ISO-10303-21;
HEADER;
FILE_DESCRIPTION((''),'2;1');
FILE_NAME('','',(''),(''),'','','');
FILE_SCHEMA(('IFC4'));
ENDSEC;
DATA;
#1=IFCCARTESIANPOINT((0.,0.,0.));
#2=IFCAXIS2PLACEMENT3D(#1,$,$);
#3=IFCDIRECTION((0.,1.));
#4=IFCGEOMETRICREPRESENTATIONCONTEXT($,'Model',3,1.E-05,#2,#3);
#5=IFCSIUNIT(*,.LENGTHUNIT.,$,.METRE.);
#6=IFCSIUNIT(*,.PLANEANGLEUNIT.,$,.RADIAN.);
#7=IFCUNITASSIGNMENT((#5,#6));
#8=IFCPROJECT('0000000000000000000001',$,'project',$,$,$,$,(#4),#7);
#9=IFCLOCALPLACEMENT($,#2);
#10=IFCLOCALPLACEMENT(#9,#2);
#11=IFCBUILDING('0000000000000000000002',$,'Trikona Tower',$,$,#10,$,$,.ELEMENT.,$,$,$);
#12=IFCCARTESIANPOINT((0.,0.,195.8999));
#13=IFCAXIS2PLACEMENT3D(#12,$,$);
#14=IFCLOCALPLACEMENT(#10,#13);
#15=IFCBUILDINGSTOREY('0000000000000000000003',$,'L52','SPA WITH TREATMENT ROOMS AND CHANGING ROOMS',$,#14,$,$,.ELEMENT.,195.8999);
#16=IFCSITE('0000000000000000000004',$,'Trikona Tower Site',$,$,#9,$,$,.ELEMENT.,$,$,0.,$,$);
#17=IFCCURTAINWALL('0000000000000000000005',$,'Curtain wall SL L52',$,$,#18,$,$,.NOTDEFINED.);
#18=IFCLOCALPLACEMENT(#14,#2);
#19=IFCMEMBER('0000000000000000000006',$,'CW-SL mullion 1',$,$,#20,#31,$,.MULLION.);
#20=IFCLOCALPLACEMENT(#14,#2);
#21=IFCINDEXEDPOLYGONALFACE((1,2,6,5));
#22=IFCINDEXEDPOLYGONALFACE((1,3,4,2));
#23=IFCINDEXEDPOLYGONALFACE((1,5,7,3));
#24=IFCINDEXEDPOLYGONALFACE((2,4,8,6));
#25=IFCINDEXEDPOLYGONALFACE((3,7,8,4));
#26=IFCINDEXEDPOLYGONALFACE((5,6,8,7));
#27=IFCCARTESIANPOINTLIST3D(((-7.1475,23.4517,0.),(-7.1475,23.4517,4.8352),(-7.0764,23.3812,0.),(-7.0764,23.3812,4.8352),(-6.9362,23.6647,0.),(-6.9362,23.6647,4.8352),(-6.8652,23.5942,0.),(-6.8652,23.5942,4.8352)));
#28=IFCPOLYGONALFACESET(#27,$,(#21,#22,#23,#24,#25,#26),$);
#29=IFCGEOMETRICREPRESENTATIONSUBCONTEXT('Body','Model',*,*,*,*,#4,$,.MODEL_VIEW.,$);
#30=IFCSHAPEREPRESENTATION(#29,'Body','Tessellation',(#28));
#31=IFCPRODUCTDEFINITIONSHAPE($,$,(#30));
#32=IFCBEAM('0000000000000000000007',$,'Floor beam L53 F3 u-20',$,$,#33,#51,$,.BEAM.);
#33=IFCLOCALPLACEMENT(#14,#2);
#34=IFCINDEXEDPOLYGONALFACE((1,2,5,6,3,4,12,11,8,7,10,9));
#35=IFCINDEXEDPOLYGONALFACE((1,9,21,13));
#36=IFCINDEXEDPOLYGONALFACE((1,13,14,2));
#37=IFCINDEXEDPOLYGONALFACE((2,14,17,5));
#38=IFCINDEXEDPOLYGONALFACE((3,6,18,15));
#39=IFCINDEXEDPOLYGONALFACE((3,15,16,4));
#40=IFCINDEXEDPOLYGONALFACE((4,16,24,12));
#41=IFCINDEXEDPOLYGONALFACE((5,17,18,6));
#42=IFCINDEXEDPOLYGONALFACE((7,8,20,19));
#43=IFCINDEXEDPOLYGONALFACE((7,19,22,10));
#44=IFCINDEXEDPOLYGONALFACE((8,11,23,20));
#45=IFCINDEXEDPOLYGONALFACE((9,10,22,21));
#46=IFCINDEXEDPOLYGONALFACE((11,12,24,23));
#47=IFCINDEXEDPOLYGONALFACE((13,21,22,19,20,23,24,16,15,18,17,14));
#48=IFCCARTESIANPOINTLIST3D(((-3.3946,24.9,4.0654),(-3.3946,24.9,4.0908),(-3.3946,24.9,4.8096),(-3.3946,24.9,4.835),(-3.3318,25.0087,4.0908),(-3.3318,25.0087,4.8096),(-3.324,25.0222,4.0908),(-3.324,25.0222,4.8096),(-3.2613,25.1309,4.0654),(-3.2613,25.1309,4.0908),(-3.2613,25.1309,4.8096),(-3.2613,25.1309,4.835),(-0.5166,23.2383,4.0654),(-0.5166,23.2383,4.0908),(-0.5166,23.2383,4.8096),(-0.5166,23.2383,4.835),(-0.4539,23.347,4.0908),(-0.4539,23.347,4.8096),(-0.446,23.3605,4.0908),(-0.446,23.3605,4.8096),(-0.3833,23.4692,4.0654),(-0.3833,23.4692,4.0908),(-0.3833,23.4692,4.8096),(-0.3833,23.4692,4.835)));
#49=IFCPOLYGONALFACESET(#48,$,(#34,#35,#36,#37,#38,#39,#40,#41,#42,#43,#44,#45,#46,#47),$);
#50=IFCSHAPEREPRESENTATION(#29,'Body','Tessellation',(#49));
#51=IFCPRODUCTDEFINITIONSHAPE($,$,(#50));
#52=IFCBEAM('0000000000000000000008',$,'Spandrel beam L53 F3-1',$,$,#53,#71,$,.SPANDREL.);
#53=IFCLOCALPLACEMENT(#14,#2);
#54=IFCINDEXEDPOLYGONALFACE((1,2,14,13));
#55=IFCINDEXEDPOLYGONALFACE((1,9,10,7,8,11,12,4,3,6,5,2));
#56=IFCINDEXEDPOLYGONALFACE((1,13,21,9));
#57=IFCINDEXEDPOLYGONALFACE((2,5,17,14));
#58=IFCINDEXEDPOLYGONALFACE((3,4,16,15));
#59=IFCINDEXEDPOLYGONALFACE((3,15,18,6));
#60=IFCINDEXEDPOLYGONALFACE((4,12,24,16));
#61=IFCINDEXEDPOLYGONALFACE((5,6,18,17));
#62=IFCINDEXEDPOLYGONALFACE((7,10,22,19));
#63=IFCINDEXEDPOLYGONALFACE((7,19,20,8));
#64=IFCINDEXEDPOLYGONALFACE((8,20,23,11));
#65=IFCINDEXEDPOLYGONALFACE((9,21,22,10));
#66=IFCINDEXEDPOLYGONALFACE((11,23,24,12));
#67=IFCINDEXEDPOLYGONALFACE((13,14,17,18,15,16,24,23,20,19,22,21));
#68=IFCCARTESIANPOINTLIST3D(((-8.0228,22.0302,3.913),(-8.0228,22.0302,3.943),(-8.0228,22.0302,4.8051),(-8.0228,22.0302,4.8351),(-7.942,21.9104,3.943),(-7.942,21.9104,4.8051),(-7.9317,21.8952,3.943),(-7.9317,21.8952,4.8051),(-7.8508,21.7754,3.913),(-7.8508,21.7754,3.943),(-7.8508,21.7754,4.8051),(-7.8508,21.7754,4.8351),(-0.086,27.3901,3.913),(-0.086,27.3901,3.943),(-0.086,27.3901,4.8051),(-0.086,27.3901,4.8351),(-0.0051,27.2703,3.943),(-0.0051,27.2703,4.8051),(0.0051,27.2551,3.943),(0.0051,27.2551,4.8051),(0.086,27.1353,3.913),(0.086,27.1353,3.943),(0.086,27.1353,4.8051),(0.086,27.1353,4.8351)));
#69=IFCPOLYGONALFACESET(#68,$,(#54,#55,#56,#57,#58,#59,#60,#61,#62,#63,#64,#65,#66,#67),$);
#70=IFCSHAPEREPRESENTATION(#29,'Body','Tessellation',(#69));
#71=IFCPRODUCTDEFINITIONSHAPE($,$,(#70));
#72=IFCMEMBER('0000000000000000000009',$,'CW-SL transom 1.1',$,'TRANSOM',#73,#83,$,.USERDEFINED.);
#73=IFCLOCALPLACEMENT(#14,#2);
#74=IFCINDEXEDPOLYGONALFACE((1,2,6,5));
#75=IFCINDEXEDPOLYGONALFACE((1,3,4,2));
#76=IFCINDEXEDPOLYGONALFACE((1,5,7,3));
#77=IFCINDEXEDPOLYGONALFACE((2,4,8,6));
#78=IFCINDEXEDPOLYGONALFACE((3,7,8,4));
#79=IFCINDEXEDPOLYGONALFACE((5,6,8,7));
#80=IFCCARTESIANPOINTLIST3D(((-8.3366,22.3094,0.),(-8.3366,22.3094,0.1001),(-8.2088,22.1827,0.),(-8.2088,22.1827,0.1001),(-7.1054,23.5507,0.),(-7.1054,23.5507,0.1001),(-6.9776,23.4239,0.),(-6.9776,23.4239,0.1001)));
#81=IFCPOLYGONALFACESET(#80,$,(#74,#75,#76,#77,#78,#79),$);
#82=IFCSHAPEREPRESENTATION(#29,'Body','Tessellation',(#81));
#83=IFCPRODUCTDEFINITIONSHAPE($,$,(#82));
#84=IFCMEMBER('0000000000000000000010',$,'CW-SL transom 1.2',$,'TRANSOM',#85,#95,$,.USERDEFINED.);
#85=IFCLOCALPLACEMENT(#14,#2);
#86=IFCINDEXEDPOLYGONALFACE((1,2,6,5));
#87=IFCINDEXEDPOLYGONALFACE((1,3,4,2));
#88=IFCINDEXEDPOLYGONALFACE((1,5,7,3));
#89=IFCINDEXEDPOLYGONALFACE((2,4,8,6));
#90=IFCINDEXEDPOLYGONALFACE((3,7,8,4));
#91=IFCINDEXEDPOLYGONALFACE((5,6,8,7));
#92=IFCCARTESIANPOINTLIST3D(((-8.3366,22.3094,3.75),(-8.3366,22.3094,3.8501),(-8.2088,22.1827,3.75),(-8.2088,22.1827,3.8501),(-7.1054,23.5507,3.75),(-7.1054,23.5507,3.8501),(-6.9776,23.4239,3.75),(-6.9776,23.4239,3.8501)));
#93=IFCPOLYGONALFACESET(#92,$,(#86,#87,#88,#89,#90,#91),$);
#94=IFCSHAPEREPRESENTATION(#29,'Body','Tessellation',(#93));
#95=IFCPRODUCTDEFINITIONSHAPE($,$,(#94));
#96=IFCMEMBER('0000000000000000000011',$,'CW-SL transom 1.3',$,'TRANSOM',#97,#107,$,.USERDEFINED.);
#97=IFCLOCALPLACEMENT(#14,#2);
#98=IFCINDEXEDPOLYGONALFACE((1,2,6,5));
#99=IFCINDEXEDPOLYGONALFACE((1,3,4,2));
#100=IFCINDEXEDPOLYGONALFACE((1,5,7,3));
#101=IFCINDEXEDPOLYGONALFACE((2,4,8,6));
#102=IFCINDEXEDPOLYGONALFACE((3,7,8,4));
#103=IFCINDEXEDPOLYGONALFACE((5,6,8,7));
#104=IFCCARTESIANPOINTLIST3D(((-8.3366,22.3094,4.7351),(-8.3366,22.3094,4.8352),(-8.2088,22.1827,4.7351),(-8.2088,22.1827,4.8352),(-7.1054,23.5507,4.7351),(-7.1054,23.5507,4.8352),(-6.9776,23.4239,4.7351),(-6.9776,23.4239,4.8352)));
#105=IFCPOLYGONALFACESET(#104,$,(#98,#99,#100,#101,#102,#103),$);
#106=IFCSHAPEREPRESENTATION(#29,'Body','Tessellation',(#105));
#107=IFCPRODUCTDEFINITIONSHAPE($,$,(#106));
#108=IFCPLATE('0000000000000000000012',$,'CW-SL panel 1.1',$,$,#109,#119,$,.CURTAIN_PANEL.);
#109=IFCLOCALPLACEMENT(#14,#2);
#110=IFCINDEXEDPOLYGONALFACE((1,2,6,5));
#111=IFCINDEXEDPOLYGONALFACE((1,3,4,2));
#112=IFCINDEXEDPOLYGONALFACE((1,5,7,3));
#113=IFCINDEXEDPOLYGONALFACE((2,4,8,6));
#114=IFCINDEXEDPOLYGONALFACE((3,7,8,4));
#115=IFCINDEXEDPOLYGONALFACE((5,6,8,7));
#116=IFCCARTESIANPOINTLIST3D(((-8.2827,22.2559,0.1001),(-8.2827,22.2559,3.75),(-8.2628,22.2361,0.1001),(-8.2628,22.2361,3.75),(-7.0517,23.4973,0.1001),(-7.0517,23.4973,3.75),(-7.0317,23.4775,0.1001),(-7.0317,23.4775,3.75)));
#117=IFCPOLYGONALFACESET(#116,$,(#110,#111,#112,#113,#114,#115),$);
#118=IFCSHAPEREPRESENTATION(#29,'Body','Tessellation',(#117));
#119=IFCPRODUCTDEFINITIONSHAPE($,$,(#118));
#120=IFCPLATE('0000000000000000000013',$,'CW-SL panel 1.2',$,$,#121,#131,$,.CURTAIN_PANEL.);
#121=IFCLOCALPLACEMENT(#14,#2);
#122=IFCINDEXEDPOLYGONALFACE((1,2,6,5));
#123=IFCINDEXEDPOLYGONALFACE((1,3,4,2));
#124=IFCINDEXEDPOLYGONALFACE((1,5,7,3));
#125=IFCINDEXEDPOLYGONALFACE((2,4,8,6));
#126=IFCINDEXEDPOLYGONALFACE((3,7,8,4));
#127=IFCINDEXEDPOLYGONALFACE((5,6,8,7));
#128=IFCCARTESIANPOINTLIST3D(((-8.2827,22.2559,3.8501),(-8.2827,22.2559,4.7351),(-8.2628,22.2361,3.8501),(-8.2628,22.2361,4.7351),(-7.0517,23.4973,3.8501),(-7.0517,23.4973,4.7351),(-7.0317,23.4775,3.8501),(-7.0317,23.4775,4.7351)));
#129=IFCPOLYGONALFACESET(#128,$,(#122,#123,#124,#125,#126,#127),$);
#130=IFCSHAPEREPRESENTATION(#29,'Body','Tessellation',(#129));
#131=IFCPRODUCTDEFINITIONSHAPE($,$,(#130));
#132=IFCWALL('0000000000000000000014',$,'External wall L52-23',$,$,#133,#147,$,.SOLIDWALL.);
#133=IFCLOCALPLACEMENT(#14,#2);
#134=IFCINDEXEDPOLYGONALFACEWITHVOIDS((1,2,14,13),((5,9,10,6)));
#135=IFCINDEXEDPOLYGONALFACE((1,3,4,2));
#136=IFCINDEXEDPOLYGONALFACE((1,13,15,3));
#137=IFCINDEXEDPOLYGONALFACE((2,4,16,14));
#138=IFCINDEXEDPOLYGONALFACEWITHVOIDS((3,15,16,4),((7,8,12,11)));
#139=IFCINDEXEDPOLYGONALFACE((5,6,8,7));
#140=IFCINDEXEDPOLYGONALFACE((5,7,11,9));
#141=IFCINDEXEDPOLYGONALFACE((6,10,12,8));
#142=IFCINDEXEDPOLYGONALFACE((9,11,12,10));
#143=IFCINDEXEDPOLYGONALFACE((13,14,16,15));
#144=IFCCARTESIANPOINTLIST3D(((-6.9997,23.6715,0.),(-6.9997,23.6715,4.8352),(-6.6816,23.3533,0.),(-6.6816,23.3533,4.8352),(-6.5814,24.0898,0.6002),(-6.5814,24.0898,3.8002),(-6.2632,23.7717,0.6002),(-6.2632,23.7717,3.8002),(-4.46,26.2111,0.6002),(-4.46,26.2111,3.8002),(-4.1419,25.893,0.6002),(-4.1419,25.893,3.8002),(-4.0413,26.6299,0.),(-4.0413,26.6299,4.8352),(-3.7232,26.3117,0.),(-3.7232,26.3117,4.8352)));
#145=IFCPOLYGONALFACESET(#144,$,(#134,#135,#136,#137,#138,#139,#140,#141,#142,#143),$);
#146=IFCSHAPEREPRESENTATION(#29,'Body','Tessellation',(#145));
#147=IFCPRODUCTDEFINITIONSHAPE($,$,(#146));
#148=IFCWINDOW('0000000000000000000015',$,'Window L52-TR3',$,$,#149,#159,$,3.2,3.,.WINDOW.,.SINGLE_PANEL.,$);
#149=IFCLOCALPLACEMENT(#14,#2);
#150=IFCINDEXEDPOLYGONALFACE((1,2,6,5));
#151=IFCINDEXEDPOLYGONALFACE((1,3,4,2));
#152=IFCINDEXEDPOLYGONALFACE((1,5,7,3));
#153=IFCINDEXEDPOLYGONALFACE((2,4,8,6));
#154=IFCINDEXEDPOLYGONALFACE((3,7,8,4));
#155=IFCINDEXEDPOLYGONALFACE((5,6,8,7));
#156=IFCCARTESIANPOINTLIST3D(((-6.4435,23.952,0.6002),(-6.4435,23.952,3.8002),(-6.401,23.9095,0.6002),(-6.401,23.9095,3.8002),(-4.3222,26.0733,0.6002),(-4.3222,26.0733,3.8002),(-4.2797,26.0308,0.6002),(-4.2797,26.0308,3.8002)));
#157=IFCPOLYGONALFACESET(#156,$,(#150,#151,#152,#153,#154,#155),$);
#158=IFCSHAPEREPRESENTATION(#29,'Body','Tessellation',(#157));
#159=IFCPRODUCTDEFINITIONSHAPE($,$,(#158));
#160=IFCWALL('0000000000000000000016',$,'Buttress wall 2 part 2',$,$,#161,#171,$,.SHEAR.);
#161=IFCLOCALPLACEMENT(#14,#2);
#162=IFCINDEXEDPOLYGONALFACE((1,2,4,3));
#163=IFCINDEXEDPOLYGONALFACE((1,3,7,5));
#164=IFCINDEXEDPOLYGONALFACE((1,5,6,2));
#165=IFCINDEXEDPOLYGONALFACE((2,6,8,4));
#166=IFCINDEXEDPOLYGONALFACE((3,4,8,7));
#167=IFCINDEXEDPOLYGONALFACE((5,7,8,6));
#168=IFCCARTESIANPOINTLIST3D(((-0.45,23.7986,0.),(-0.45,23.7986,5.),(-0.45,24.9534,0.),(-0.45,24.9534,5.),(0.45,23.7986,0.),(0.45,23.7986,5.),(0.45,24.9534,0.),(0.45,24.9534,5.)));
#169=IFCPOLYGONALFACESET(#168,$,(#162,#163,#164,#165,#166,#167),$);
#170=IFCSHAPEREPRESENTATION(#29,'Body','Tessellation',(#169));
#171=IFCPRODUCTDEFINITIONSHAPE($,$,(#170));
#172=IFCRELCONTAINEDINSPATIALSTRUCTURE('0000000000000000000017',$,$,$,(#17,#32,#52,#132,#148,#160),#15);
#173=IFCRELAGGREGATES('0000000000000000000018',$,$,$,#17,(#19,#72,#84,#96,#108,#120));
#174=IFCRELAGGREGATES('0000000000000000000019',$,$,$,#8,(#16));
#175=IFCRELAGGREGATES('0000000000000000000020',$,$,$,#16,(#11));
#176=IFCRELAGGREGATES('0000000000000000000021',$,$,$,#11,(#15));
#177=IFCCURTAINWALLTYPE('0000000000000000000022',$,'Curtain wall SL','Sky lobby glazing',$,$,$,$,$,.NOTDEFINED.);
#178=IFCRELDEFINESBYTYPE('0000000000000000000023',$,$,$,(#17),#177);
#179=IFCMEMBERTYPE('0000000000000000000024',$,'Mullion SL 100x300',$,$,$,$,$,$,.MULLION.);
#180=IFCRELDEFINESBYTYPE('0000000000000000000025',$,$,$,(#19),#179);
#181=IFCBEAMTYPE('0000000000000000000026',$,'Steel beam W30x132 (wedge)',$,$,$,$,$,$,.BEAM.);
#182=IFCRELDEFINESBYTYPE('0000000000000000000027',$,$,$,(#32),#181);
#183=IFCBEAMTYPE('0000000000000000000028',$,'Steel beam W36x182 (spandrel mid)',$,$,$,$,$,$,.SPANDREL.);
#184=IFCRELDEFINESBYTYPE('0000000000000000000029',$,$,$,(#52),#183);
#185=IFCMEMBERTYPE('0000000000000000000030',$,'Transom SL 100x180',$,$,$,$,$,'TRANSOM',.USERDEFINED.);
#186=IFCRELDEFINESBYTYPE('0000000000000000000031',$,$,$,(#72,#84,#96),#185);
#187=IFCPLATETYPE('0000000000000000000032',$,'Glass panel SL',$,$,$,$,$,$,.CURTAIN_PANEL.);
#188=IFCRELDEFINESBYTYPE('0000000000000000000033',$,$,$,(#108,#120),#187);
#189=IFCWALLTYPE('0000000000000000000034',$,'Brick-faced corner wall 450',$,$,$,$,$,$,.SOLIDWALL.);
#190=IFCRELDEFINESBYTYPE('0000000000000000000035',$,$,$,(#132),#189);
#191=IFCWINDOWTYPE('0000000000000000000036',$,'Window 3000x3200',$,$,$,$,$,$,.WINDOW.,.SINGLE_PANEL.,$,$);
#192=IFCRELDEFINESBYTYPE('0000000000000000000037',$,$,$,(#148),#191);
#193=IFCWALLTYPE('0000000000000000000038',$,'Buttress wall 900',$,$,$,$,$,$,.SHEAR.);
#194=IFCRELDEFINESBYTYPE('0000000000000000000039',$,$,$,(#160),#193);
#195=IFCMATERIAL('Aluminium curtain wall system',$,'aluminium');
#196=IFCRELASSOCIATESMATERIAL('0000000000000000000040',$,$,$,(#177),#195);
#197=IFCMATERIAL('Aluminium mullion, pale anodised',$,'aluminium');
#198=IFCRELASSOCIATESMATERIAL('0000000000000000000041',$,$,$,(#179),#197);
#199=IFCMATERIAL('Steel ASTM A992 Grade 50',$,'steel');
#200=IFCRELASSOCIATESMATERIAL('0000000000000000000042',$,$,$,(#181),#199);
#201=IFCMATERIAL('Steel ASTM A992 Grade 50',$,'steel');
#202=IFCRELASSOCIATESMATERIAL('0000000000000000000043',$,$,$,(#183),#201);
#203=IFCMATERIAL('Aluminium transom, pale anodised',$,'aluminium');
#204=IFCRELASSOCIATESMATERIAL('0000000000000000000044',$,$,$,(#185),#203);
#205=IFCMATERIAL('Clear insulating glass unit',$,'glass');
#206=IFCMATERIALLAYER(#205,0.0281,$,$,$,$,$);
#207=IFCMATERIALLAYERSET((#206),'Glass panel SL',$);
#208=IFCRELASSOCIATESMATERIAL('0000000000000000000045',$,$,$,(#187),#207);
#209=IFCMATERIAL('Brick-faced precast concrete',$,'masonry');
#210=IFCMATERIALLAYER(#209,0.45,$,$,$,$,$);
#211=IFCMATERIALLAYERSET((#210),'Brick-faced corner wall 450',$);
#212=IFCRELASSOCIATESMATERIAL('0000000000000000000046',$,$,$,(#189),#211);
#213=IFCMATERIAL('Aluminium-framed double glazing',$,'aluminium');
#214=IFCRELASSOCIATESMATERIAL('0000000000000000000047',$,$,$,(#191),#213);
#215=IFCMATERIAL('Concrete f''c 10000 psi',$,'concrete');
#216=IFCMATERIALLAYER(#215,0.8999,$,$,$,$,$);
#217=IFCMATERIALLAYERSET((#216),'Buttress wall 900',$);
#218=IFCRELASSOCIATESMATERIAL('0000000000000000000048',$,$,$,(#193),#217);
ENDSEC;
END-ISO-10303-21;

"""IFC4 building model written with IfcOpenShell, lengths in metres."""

from ifc_helpers import new_model, si_unit, direction, frame, frame_2d, origin, origin_2d, place, context, subcontext, project, spatial, rectangle, i_section, extrude, material, layer, layer_set, material_profile, profile_set, type_object, element, fill, aggregate, save


model = new_model("IFC4")

# Units and contexts
model_context = context("Model", 3, precision=1e-05, world=origin(), true_north=direction((0.0, 1.0)))
body_context = subcontext(model_context, "Body", "Model", "MODEL_VIEW")
ifc_project = project(units=[si_unit("LENGTHUNIT", "METRE"), si_unit("PLANEANGLEUNIT", "RADIAN")], contexts=[model_context])

# Site, building, storey
site_placement = place(None, origin())
site = spatial("IfcSite", under=ifc_project, at=site_placement, Name="Trikona Tower Site", CompositionType="ELEMENT", RefElevation=0.0)
building_placement = place(site_placement, origin())
building = spatial("IfcBuilding", under=site, at=building_placement, Name="Trikona Tower", CompositionType="ELEMENT")
storey_placement = place(building_placement, frame((0.0, 0.0, 195.8999)))
storey = spatial("IfcBuildingStorey", under=building, at=storey_placement, Name="L52", Description="SPA WITH TREATMENT ROOMS AND CHANGING ROOMS", CompositionType="ELEMENT", Elevation=195.8999)

# Curtain wall, member
ifc_material_1 = material(Name="Aluminium curtain wall system", Category="aluminium")
curtain_wall_type = type_object("IfcCurtainWallType", Name="Curtain wall SL", Description="Sky lobby glazing", PredefinedType="NOTDEFINED", material=ifc_material_1)
curtain_wall_placement = place(storey_placement, origin())
curtain_wall = element("IfcCurtainWall", 1, at=curtain_wall_placement, inside=storey, type_object=curtain_wall_type, Name="Curtain wall SL L52", PredefinedType="NOTDEFINED")
ifc_material_2 = material(Name="Aluminium mullion, pale anodised", Category="aluminium")
ifc_material_profile_1 = material_profile(ifc_material_2, rectangle(XDim=0.1001, YDim=0.3, at=origin_2d()), Name="MUL-SL")
ifc_profile_set_1 = profile_set([ifc_material_profile_1], Name="Aluminium mullion, pale anodised")
member_type_1 = type_object("IfcMemberType", Name="Mullion SL 100x300", PredefinedType="MULLION", material=ifc_profile_set_1)
member_1_placement = place(storey_placement, frame((-7.0063, 23.5229, 0.0), z_axis=(0.0, 0.0, 1.0), x_axis=(0.710052, -0.704149, 0.0)))
member_1 = element("IfcMember", 2, at=member_1_placement, type_object=member_type_1, Name="CW-SL mullion 1", PredefinedType="MULLION", context=body_context, shape_type="SweptSolid", body=[
    extrude(rectangle(XDim=0.1001, YDim=0.3, at=origin_2d()), origin(), (0.0, 0.0, 1.0), 4.8352),
])

# Beams
ifc_material_3 = material(Name="Steel ASTM A992 Grade 50", Category="steel")
ifc_material_profile_2 = material_profile(ifc_material_3, i_section(OverallWidth=0.2666, OverallDepth=0.7695, WebThickness=0.0156, FlangeThickness=0.0254, at=origin_2d()), Name="W30X132")
ifc_profile_set_2 = profile_set([ifc_material_profile_2], Name="Steel ASTM A992 Grade 50")
beam_type_1 = type_object("IfcBeamType", Name="Steel beam W30x132 (wedge)", PredefinedType="BEAM", material=ifc_profile_set_2)
beam_1_placement = place(storey_placement, frame((-0.45, 23.3538, 4.4502), z_axis=(-0.866019, 0.500011, 0.0), x_axis=(-0.500011, -0.866019, 0.0)))
element("IfcBeam", 3, at=beam_1_placement, inside=storey, type_object=beam_type_1, Name="Floor beam L53 F3 u-20", PredefinedType="BEAM", context=body_context, shape_type="SweptSolid", body=[
    extrude(i_section(OverallWidth=0.2666, OverallDepth=0.7695, WebThickness=0.0156, FlangeThickness=0.0254, at=origin_2d()), origin(), (0.0, 0.0, 1.0), 3.3232),
])
ifc_material_4 = material(Name="Steel ASTM A992 Grade 50", Category="steel")
ifc_material_profile_3 = material_profile(ifc_material_4, i_section(OverallWidth=0.3074, OverallDepth=0.9221, WebThickness=0.0183, FlangeThickness=0.03, at=origin_2d()), Name="W36X182")
ifc_profile_set_3 = profile_set([ifc_material_profile_3], Name="Steel ASTM A992 Grade 50")
beam_type_2 = type_object("IfcBeamType", Name="Steel beam W36x182 (spandrel mid)", PredefinedType="SPANDREL", material=ifc_profile_set_3)
beam_2_placement = place(storey_placement, frame((0.0, 27.2627, 4.374), z_axis=(-0.828725, -0.559655, 0.0), x_axis=(0.559655, -0.828725, 0.0)))
element("IfcBeam", 4, at=beam_2_placement, inside=storey, type_object=beam_type_2, Name="Spandrel beam L53 F3-1", PredefinedType="SPANDREL", context=body_context, shape_type="SweptSolid", body=[
    extrude(i_section(OverallWidth=0.3074, OverallDepth=0.9221, WebThickness=0.0183, FlangeThickness=0.03, at=origin_2d()), origin(), (0.0, 0.0, 1.0), 9.5771),
])

# Members
ifc_material_5 = material(Name="Aluminium transom, pale anodised", Category="aluminium")
ifc_material_profile_4 = material_profile(ifc_material_5, rectangle(XDim=0.1799, YDim=0.1001, at=origin_2d()), Name="TRN-SL")
ifc_profile_set_4 = profile_set([ifc_material_profile_4], Name="Aluminium transom, pale anodised")
member_type_2 = type_object("IfcMemberType", Name="Transom SL 100x180", ElementType="TRANSOM", PredefinedType="USERDEFINED", material=ifc_profile_set_4)
member_2_placement = place(storey_placement, frame((-7.0415, 23.4873, 0.05), z_axis=(-0.704238, -0.709964, 0.0), x_axis=(0.709964, -0.704238, 0.0)))
member_2 = element("IfcMember", 5, at=member_2_placement, type_object=member_type_2, Name="CW-SL transom 1.1", ObjectType="TRANSOM", PredefinedType="USERDEFINED", context=body_context, shape_type="SweptSolid", body=[
    extrude(rectangle(XDim=0.1799, YDim=0.1001, at=origin_2d()), origin(), (0.0, 0.0, 1.0), 1.7483),
])
member_3_placement = place(storey_placement, frame((-7.0415, 23.4873, 3.8), z_axis=(-0.704238, -0.709964, 0.0), x_axis=(0.709964, -0.704238, 0.0)))
member_3 = element("IfcMember", 6, at=member_3_placement, type_object=member_type_2, Name="CW-SL transom 1.2", ObjectType="TRANSOM", PredefinedType="USERDEFINED", context=body_context, shape_type="SweptSolid", body=[
    extrude(rectangle(XDim=0.1799, YDim=0.1001, at=origin_2d()), origin(), (0.0, 0.0, 1.0), 1.7483),
])
member_4_placement = place(storey_placement, frame((-7.0415, 23.4873, 4.7852), z_axis=(-0.704238, -0.709964, 0.0), x_axis=(0.709964, -0.704238, 0.0)))
member_4 = element("IfcMember", 7, at=member_4_placement, type_object=member_type_2, Name="CW-SL transom 1.3", ObjectType="TRANSOM", PredefinedType="USERDEFINED", context=body_context, shape_type="SweptSolid", body=[
    extrude(rectangle(XDim=0.1799, YDim=0.1001, at=origin_2d()), origin(), (0.0, 0.0, 1.0), 1.7483),
])

# Plates
ifc_material_6 = material(Name="Clear insulating glass unit", Category="glass")
ifc_layer_1 = layer(ifc_material_6, 0.0281)
ifc_layer_set_1 = layer_set([ifc_layer_1], Name="Glass panel SL")
plate_type = type_object("IfcPlateType", Name="Glass panel SL", PredefinedType="CURTAIN_PANEL", material=ifc_layer_set_1)
plate_1_placement = place(storey_placement, frame((-7.6572, 22.8667, 0.1001), z_axis=(0.0, 0.0, 1.0), x_axis=(-0.704149, -0.710052, 0.0)))
plate_1 = element("IfcPlate", 8, at=plate_1_placement, type_object=plate_type, Name="CW-SL panel 1.1", PredefinedType="CURTAIN_PANEL", context=body_context, shape_type="SweptSolid", body=[
    extrude(rectangle(XDim=1.7483, YDim=0.0281, at=origin_2d()), origin(), (0.0, 0.0, 1.0), 3.6499),
])
plate_2_placement = place(storey_placement, frame((-7.6572, 22.8667, 3.8501), z_axis=(0.0, 0.0, 1.0), x_axis=(-0.704149, -0.710052, 0.0)))
plate_2 = element("IfcPlate", 9, at=plate_2_placement, type_object=plate_type, Name="CW-SL panel 1.2", PredefinedType="CURTAIN_PANEL", context=body_context, shape_type="SweptSolid", body=[
    extrude(rectangle(XDim=1.7483, YDim=0.0281, at=origin_2d()), origin(), (0.0, 0.0, 1.0), 0.885),
])
aggregate(curtain_wall, [member_1, member_2, member_3, member_4, plate_1, plate_2])

# Wall, opening, window
ifc_material_7 = material(Name="Brick-faced precast concrete", Category="masonry")
ifc_layer_2 = layer(ifc_material_7, 0.45)
ifc_layer_set_2 = layer_set([ifc_layer_2], Name="Brick-faced corner wall 450")
wall_type_1 = type_object("IfcWallType", Name="Brick-faced corner wall 450", PredefinedType="SOLIDWALL", material=ifc_layer_set_2)
wall_1_placement = place(storey_placement, frame((-3.8823, 26.4707, 0.0), z_axis=(0.0, 0.0, 1.0), x_axis=(-0.707107, -0.707107, 0.0)))
wall_1 = element("IfcWall", 10, at=wall_1_placement, inside=storey, type_object=wall_type_1, Name="External wall L52-23", PredefinedType="SOLIDWALL", context=body_context, shape_type="SweptSolid", body=[
    extrude(rectangle(XDim=4.1838, YDim=0.45, at=frame_2d((2.0918, 0.0))), origin(), (0.0, 0.0, 1.0), 4.8352),
])
opening_1_placement = place(wall_1_placement, frame((0.592, 0.0, 0.6001)))
opening_1 = element("IfcOpeningElement", 11, at=opening_1_placement, cuts=wall_1, PredefinedType="OPENING", context=body_context, shape_type="SweptSolid", body=[
    extrude(rectangle(XDim=3.0, YDim=3.2, at=frame_2d((1.5, 1.6001))), frame((0.0, 0.2349, 0.0), z_axis=(0.0, -1.0, 0.0), x_axis=(1.0, 0.0, 0.0)), (0.0, 0.0, 1.0), 0.47),
])
ifc_material_8 = material(Name="Aluminium-framed double glazing", Category="aluminium")
window_type = type_object("IfcWindowType", Name="Window 3000x3200", PartitioningType="SINGLE_PANEL", PredefinedType="WINDOW", material=ifc_material_8)
window_placement = place(opening_1_placement, origin())
window = element("IfcWindow", 12, at=window_placement, inside=storey, type_object=window_type, Name="Window L52-TR3", OverallHeight=3.2, OverallWidth=3.0, PartitioningType="SINGLE_PANEL", PredefinedType="WINDOW", context=body_context, shape_type="SweptSolid", body=[
    extrude(rectangle(XDim=3.0, YDim=3.2, at=frame_2d((1.5, 1.6001))), frame((0.0, 0.03, 0.0), z_axis=(0.0, -1.0, 0.0), x_axis=(1.0, 0.0, 0.0)), (0.0, 0.0, 1.0), 0.0601),
])
fill(opening_1, window)

# Wall
ifc_material_9 = material(Name="Concrete f'c 10000 psi", Category="concrete")
ifc_layer_3 = layer(ifc_material_9, 0.8999)
ifc_layer_set_3 = layer_set([ifc_layer_3], Name="Buttress wall 900")
wall_type_2 = type_object("IfcWallType", Name="Buttress wall 900", PredefinedType="SHEAR", material=ifc_layer_set_3)
wall_2_placement = place(storey_placement, frame((0.0, 23.7986, 0.0), z_axis=(0.0, 0.0, 1.0), x_axis=(0.0, 1.0, 0.0)))
element("IfcWall", 13, at=wall_2_placement, inside=storey, type_object=wall_type_2, Name="Buttress wall 2 part 2", PredefinedType="SHEAR", context=body_context, shape_type="SweptSolid", body=[
    extrude(rectangle(XDim=1.1548, YDim=0.8999, at=frame_2d((0.5774, 0.0))), origin(), (0.0, 0.0, 1.0), 5.0),
])

save(model, "model.ifc")
